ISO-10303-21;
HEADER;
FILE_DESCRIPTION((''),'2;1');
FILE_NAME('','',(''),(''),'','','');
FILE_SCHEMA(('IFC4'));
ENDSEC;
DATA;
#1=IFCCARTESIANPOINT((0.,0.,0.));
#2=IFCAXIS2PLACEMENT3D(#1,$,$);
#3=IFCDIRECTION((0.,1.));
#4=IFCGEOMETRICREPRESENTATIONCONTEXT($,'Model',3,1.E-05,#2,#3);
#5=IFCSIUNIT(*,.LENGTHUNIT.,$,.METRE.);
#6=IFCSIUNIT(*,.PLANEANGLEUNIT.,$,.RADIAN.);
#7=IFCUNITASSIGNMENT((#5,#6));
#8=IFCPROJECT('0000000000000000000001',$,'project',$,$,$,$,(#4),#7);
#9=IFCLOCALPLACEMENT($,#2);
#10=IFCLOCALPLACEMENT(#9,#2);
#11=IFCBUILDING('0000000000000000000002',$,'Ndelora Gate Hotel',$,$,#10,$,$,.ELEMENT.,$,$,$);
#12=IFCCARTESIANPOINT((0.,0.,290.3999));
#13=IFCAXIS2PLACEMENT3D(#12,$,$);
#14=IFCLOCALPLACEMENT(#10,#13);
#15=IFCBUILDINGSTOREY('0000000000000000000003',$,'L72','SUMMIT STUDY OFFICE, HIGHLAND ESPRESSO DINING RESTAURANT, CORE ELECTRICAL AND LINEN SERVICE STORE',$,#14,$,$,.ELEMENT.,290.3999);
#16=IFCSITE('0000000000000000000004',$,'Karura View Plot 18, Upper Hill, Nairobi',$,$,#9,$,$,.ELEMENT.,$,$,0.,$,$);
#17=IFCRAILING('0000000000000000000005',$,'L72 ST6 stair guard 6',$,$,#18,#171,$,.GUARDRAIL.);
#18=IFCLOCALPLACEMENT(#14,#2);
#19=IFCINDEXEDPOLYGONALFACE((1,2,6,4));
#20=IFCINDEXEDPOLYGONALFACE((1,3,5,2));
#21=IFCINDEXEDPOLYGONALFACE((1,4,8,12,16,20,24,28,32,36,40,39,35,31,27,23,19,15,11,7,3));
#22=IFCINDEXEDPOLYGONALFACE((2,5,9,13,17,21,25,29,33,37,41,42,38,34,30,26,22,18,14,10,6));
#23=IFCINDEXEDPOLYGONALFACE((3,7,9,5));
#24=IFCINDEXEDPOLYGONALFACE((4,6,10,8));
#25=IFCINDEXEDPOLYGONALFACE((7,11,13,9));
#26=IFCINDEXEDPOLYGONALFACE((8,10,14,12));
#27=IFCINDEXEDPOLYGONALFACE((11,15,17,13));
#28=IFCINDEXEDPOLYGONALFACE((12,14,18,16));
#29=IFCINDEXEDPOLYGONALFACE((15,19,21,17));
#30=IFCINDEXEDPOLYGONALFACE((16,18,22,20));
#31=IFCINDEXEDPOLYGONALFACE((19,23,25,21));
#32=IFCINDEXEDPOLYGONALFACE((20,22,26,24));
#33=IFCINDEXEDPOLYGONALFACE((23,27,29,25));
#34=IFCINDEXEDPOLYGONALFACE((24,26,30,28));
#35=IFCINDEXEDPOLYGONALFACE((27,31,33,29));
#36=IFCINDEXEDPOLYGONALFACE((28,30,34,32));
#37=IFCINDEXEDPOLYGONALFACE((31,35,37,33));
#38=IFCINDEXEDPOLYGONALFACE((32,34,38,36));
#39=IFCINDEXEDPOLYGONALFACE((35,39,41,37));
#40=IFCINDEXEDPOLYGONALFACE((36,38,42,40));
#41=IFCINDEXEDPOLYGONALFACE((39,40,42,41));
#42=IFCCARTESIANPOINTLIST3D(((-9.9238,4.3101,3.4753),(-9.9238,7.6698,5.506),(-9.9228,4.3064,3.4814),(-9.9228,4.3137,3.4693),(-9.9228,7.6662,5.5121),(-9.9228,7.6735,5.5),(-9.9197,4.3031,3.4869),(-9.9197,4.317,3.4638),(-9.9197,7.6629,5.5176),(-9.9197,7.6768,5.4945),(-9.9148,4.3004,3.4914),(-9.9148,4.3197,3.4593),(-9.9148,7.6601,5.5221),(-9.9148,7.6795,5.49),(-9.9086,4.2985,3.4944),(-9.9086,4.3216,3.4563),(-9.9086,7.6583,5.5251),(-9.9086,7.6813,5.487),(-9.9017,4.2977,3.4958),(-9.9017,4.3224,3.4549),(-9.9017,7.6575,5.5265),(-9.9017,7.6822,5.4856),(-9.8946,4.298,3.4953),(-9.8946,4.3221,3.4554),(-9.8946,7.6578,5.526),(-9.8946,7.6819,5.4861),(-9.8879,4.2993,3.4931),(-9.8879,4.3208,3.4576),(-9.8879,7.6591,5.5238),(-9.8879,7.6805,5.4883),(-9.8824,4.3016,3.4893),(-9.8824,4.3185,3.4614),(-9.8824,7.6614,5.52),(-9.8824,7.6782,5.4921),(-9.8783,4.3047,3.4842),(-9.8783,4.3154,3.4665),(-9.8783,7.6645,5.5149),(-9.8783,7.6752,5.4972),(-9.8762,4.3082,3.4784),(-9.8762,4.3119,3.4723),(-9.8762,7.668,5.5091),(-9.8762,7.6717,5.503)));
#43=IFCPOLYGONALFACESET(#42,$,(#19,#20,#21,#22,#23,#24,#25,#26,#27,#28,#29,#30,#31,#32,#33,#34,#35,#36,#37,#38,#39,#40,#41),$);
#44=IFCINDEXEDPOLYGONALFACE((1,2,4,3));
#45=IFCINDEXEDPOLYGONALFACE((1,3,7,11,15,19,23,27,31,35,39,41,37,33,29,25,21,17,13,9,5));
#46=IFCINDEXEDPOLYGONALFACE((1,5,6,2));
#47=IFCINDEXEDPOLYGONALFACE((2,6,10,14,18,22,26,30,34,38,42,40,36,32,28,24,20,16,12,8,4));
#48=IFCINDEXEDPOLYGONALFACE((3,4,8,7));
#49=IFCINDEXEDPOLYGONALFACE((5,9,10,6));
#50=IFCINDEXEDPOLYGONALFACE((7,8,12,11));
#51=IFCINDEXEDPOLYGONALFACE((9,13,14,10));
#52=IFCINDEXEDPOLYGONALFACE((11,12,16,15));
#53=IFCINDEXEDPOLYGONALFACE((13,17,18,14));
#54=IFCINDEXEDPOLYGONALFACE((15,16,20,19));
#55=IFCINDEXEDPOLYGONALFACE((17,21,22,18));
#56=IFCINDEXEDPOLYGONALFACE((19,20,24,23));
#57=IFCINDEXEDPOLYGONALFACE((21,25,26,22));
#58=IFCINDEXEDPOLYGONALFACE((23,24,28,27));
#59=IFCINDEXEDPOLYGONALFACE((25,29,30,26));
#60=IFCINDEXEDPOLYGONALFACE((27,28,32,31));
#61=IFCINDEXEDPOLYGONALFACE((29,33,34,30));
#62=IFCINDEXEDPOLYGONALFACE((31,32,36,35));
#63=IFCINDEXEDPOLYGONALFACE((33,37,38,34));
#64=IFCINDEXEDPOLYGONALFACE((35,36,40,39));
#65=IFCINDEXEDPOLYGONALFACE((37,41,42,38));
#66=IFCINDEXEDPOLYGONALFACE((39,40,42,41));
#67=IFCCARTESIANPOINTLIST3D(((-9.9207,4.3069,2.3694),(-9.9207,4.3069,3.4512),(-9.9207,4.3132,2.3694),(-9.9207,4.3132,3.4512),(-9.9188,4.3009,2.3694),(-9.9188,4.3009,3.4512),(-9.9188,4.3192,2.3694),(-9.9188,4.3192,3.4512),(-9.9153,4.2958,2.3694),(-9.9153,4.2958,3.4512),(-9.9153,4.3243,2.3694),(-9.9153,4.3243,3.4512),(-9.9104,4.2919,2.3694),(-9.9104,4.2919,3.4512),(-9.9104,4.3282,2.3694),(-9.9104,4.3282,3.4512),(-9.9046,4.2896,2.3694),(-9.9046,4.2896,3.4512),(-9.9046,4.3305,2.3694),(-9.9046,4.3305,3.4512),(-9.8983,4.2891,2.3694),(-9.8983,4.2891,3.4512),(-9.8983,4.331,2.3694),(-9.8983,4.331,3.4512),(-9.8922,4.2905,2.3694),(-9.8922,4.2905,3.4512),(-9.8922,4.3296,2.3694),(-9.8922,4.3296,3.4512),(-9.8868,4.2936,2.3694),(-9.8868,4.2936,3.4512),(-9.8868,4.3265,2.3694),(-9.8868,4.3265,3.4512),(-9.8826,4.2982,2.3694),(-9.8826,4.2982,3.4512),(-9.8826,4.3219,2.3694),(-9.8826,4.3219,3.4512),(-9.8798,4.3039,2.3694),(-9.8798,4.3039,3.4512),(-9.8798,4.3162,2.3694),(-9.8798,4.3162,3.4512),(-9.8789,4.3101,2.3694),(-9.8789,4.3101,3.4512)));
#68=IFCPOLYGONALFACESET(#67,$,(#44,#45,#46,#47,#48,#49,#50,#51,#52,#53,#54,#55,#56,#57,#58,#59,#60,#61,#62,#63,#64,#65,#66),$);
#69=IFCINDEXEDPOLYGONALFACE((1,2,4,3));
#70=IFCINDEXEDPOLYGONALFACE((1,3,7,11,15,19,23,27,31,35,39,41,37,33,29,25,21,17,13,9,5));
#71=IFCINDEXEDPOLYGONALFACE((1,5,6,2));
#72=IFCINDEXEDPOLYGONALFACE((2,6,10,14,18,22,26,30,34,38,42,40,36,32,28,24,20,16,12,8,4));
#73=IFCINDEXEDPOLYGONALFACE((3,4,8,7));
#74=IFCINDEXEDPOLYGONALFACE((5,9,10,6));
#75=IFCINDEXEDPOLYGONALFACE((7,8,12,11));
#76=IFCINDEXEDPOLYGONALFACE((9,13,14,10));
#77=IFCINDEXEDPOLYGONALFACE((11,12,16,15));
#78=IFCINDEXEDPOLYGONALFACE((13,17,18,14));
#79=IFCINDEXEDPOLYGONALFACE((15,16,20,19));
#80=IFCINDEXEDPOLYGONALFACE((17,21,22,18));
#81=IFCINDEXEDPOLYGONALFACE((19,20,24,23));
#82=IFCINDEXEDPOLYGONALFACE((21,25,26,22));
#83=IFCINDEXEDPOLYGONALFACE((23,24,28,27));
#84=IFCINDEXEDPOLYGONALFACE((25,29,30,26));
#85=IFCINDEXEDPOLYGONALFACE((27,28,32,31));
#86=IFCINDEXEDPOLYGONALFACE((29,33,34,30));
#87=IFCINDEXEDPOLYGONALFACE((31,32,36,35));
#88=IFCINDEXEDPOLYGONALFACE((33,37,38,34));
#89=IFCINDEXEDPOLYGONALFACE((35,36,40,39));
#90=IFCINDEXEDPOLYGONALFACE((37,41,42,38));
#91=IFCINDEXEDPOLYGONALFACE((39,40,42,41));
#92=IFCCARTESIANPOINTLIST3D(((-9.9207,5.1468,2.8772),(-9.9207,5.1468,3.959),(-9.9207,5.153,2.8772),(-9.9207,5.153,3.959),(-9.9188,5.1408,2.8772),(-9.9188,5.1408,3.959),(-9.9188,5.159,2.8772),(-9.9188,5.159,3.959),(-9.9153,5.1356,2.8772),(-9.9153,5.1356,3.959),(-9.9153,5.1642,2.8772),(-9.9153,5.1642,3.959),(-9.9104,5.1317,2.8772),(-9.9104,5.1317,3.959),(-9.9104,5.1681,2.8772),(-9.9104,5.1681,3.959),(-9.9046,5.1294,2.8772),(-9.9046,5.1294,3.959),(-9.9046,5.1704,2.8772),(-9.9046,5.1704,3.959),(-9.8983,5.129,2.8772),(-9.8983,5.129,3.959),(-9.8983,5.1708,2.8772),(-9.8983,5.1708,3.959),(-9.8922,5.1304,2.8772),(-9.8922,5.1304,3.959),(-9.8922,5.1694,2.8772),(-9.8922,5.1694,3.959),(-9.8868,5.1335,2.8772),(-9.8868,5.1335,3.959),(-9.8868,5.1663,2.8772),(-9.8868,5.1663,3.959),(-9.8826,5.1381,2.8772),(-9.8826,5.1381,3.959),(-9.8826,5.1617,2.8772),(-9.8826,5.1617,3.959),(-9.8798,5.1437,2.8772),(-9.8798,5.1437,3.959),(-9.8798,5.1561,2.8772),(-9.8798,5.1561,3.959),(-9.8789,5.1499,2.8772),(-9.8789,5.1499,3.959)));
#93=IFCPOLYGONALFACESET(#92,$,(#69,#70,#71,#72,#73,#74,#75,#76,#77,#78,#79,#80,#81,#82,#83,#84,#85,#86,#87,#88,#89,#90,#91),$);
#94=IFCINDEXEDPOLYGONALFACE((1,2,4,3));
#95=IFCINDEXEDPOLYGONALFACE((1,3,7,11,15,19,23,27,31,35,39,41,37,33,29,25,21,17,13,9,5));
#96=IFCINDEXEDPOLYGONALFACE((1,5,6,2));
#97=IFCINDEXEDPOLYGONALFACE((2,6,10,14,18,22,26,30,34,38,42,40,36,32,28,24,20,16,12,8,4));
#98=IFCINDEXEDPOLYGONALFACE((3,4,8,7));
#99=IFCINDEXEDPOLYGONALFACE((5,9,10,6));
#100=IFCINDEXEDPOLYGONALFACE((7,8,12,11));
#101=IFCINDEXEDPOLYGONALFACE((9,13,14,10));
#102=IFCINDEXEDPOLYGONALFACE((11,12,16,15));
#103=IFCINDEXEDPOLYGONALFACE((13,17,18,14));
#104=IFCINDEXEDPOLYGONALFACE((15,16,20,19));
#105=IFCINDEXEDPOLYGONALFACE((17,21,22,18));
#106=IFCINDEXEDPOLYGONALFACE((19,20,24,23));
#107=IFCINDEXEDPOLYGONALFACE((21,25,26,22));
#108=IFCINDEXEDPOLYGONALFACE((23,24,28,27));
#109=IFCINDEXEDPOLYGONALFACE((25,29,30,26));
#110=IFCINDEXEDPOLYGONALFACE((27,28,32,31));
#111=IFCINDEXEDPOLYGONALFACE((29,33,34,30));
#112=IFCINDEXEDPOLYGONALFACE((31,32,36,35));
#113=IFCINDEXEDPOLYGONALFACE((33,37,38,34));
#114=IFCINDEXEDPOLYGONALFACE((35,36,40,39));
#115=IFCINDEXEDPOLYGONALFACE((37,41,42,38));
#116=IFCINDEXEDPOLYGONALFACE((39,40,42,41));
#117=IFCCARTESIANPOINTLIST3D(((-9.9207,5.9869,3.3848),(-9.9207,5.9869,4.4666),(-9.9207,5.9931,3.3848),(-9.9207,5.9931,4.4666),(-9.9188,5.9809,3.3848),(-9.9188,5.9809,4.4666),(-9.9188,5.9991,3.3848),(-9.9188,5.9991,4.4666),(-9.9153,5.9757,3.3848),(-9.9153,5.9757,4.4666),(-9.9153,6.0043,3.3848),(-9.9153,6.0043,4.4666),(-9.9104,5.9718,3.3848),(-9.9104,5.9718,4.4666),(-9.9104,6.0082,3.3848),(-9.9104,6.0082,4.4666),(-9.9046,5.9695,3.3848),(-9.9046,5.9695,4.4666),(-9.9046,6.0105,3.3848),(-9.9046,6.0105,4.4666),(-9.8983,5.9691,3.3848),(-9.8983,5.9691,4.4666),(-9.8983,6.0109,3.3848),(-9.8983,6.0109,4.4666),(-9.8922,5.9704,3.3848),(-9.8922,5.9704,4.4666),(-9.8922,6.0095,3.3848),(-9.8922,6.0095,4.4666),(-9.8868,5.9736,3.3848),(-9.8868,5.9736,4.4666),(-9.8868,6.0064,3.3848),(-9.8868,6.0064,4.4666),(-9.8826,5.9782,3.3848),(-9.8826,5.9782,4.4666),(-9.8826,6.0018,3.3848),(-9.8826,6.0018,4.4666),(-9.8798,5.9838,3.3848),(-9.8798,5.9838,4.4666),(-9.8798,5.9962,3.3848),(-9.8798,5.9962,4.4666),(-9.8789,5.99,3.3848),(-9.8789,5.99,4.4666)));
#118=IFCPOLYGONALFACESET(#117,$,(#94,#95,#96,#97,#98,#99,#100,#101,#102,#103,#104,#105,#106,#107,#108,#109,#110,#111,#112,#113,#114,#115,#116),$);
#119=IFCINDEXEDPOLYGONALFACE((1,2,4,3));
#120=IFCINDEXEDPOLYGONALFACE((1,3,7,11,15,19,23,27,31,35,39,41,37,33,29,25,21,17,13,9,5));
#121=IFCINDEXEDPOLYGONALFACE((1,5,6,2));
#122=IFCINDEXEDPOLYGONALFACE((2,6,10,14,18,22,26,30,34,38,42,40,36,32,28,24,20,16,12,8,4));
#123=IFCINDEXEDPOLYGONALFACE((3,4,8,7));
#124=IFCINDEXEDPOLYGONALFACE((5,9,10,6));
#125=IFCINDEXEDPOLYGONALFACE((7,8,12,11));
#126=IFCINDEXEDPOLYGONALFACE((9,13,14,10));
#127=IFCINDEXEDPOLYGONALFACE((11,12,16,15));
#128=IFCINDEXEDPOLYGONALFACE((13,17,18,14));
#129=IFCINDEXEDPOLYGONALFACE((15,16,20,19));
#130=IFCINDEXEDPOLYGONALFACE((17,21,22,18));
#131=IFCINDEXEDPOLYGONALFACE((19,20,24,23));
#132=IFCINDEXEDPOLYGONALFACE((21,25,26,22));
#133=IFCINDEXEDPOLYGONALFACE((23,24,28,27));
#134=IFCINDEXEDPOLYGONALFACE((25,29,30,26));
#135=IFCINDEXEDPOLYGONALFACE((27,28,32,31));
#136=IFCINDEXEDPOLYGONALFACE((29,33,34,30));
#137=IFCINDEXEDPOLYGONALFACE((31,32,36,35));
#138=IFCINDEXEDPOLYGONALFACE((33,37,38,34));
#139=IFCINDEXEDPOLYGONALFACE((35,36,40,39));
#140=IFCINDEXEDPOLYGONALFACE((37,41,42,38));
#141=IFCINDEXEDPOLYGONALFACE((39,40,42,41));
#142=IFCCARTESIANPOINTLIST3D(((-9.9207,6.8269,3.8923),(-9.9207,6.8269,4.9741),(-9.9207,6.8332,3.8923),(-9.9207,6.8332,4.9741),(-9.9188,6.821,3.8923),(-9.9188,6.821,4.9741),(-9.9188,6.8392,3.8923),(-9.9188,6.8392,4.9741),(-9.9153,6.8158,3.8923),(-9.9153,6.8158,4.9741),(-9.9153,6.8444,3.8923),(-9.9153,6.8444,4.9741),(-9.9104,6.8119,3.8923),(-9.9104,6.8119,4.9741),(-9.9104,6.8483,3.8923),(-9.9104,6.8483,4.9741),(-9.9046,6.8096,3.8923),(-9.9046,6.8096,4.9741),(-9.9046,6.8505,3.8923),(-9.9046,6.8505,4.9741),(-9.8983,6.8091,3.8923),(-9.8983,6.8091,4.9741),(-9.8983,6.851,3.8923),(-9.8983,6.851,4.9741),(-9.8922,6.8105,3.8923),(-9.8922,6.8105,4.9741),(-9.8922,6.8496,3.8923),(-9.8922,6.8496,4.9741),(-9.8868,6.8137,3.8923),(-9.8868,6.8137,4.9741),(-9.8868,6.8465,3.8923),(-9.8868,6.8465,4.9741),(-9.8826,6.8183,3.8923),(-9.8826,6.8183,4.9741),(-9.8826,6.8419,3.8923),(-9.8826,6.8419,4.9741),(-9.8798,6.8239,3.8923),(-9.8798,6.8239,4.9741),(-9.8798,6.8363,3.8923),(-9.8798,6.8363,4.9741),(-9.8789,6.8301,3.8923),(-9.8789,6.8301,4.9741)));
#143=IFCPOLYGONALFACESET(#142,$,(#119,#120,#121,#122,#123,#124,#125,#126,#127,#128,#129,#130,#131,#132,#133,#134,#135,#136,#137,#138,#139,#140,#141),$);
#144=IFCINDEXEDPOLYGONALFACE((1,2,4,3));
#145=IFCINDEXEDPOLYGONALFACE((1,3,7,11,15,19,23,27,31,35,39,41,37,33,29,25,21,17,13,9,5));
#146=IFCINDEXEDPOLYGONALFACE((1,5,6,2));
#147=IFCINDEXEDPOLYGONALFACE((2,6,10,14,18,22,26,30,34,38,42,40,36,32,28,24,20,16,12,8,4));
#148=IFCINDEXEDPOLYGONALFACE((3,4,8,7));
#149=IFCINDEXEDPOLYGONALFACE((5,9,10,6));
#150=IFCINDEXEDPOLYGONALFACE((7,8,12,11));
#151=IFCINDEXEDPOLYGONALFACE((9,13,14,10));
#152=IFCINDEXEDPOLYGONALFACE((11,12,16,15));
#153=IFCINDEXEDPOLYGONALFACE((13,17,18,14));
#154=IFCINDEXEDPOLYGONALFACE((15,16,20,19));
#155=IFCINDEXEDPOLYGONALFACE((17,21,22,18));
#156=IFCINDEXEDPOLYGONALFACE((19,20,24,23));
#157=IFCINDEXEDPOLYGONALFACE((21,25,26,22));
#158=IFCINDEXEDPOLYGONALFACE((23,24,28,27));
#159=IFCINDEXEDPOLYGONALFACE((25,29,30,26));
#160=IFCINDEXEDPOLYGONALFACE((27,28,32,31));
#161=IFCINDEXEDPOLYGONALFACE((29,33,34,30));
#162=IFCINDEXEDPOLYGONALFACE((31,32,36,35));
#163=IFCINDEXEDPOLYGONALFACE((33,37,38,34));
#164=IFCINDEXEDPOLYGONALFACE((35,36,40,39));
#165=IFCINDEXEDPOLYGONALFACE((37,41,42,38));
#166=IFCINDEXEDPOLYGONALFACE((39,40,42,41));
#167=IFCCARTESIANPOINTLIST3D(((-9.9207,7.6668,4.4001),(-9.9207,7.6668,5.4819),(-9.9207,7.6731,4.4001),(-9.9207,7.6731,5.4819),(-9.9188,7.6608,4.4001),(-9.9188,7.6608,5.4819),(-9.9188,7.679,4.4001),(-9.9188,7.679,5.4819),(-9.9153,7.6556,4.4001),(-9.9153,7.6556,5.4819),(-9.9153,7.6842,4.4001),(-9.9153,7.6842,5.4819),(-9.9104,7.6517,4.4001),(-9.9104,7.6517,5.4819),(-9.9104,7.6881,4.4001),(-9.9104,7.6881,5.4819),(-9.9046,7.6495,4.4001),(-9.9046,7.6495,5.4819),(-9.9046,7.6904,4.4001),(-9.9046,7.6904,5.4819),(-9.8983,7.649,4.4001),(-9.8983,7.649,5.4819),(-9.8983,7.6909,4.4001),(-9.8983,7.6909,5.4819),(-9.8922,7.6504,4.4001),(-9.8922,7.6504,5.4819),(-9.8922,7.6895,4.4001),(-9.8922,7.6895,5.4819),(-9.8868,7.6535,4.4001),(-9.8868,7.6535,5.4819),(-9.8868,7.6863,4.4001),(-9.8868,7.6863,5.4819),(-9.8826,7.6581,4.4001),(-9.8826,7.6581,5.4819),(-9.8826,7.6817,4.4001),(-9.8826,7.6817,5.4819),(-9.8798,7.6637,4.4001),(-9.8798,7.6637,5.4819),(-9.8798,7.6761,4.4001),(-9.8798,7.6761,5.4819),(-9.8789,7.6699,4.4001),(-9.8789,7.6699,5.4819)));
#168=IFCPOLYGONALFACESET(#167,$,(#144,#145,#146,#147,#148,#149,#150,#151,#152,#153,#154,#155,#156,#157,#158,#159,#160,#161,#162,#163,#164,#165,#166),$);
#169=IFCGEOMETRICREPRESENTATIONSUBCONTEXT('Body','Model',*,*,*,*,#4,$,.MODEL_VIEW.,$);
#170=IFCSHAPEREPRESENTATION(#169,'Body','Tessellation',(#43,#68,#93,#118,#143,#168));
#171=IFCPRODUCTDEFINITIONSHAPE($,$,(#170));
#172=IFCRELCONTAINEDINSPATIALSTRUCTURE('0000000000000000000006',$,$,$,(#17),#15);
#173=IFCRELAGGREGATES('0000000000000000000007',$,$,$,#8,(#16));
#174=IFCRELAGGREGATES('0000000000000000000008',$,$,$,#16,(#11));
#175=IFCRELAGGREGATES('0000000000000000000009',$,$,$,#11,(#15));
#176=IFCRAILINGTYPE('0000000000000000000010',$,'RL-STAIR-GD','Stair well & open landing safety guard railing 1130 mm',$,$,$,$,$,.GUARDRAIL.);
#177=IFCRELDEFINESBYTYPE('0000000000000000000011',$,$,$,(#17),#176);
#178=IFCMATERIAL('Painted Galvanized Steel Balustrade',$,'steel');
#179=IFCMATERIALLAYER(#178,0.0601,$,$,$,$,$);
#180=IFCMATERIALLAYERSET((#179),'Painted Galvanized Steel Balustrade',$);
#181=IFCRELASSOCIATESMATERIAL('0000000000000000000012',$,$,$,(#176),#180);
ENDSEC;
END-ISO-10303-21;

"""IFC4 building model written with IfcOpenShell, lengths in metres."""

from ifc_helpers import new_model, si_unit, direction, frame, origin, origin_2d, place, context, subcontext, project, spatial, circle, extrude, material, layer, layer_set, type_object, element, save


model = new_model("IFC4")

# Units and contexts
model_context = context("Model", 3, precision=1e-05, world=origin(), true_north=direction((0.0, 1.0)))
body_context = subcontext(model_context, "Body", "Model", "MODEL_VIEW")
ifc_project = project(units=[si_unit("LENGTHUNIT", "METRE"), si_unit("PLANEANGLEUNIT", "RADIAN")], contexts=[model_context])

# Site, building, storey
site_placement = place(None, origin())
site = spatial("IfcSite", under=ifc_project, at=site_placement, Name="Karura View Plot 18, Upper Hill, Nairobi", CompositionType="ELEMENT", RefElevation=0.0)
building_placement = place(site_placement, origin())
building = spatial("IfcBuilding", under=site, at=building_placement, Name="Ndelora Gate Hotel", CompositionType="ELEMENT")
storey_placement = place(building_placement, frame((0.0, 0.0, 290.3999)))
storey = spatial("IfcBuildingStorey", under=building, at=storey_placement, Name="L72", Description="SUMMIT STUDY OFFICE, HIGHLAND ESPRESSO DINING RESTAURANT, CORE ELECTRICAL AND LINEN SERVICE STORE", CompositionType="ELEMENT", Elevation=290.3999)

# Railing
ifc_material_1 = material(Name="Painted Galvanized Steel Balustrade", Category="steel")
ifc_layer_1 = layer(ifc_material_1, 0.0601)
ifc_layer_set_1 = layer_set([ifc_layer_1], Name="Painted Galvanized Steel Balustrade")
railing_type_1 = type_object("IfcRailingType", Name="RL-STAIR-GD", Description="Stair well & open landing safety guard railing 1130 mm", PredefinedType="GUARDRAIL", material=ifc_layer_set_1)
railing_1_placement = place(storey_placement, frame((-9.8999, 4.3101, 2.3694)))
element("IfcRailing", 1, at=railing_1_placement, inside=storey, type_object=railing_type_1, Name="L72 ST6 stair guard 6", PredefinedType="GUARDRAIL", context=body_context, shape_type="SweptSolid", body=[
    extrude(circle(Radius=0.0239, at=origin_2d()), frame((0.0, 0.0, 1.106), z_axis=(0.0, 0.85582, 0.517273), x_axis=(-1.0, 0.0, 0.0)), (0.0, 0.0, 1.0), 3.9258),
    extrude(circle(Radius=0.021, at=origin_2d()), origin(), (0.0, 0.0, 1.0), 1.0818),
    extrude(circle(Radius=0.021, at=origin_2d()), frame((0.0, 0.8398, 0.5078)), (0.0, 0.0, 1.0), 1.0818),
    extrude(circle(Radius=0.021, at=origin_2d()), frame((0.0, 1.6799, 1.0154)), (0.0, 0.0, 1.0), 1.0818),
    extrude(circle(Radius=0.021, at=origin_2d()), frame((0.0, 2.52, 1.5229)), (0.0, 0.0, 1.0), 1.0818),
    extrude(circle(Radius=0.021, at=origin_2d()), frame((0.0, 3.3599, 2.0308)), (0.0, 0.0, 1.0), 1.0818),
])

save(model, "model.ifc")
